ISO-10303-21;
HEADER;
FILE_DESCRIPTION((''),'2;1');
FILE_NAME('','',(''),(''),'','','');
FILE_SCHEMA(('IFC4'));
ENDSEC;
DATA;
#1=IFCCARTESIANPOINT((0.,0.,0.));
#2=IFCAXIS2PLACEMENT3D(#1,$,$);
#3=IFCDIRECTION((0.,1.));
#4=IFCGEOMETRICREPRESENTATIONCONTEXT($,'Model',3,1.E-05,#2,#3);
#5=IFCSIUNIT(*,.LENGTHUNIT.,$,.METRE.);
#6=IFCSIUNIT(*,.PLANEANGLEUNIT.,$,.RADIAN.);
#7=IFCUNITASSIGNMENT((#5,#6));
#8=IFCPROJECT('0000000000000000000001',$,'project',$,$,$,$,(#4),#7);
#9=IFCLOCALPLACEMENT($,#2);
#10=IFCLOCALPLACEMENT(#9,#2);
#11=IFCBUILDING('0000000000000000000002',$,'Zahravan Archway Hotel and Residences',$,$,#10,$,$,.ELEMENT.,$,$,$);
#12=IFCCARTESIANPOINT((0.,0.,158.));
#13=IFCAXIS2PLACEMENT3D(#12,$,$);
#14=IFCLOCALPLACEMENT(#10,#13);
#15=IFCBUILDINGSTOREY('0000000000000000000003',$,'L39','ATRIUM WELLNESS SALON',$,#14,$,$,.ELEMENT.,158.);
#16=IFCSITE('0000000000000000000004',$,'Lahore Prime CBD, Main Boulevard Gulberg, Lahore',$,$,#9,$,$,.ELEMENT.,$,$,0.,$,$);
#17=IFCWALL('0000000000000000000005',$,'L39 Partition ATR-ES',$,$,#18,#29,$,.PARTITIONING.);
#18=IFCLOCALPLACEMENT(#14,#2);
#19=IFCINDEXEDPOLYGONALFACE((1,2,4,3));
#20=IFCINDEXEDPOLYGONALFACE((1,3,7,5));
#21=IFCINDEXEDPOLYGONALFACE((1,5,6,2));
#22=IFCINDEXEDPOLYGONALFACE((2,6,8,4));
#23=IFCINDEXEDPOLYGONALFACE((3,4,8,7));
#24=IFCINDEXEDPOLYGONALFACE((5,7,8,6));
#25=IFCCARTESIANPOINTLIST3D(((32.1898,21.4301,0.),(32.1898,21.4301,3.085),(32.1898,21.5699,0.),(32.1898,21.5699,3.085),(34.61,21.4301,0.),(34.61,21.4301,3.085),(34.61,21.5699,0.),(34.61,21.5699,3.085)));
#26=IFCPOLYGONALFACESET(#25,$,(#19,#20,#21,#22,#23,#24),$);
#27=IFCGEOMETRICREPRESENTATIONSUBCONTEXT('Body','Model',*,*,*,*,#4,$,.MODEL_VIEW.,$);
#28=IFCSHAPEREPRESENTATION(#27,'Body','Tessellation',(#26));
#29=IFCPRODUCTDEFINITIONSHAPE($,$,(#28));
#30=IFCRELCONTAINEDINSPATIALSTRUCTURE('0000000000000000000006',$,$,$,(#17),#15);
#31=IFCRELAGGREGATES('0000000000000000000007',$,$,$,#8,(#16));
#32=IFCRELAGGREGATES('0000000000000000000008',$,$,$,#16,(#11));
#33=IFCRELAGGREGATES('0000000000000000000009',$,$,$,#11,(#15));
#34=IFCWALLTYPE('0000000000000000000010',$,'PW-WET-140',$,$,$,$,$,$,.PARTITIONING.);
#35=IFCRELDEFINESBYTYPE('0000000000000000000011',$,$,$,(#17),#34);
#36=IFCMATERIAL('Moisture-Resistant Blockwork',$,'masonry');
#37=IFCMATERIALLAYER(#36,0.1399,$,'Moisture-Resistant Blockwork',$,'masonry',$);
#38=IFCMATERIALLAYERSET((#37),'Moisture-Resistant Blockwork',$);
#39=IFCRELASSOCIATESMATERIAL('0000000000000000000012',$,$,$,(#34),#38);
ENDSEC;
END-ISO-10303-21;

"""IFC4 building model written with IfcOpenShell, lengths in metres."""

from ifc_helpers import new_model, si_unit, direction, frame, frame_2d, origin, place, context, subcontext, project, spatial, rectangle, extrude, material, layer, layer_set, type_object, element, save


model = new_model("IFC4")

# Units and contexts
model_context = context("Model", 3, precision=1e-05, world=origin(), true_north=direction((0.0, 1.0)))
body_context = subcontext(model_context, "Body", "Model", "MODEL_VIEW")
ifc_project = project(units=[si_unit("LENGTHUNIT", "METRE"), si_unit("PLANEANGLEUNIT", "RADIAN")], contexts=[model_context])

# Site, building, storey
site_placement = place(None, origin())
site = spatial("IfcSite", under=ifc_project, at=site_placement, Name="Lahore Prime CBD, Main Boulevard Gulberg, Lahore", CompositionType="ELEMENT", RefElevation=0.0)
building_placement = place(site_placement, origin())
building = spatial("IfcBuilding", under=site, at=building_placement, Name="Zahravan Archway Hotel and Residences", CompositionType="ELEMENT")
storey_placement = place(building_placement, frame((0.0, 0.0, 158.0)))
storey = spatial("IfcBuildingStorey", under=building, at=storey_placement, Name="L39", Description="ATRIUM WELLNESS SALON", CompositionType="ELEMENT", Elevation=158.0)

# Wall
ifc_material_1 = material(Name="Moisture-Resistant Blockwork", Category="masonry")
ifc_layer_1 = layer(ifc_material_1, 0.1399, Name="Moisture-Resistant Blockwork", Category="masonry")
ifc_layer_set_1 = layer_set([ifc_layer_1], Name="Moisture-Resistant Blockwork")
wall_type_1 = type_object("IfcWallType", Name="PW-WET-140", PredefinedType="PARTITIONING", material=ifc_layer_set_1)
wall_1_placement = place(storey_placement, frame((32.1899, 21.5, 0.0), z_axis=(0.0, 0.0, 1.0), x_axis=(1.0, 0.0, 0.0)))
element("IfcWall", 1, at=wall_1_placement, inside=storey, type_object=wall_type_1, Name="L39 Partition ATR-ES", PredefinedType="PARTITIONING", context=body_context, shape_type="SweptSolid", body=[
    extrude(rectangle(XDim=2.4202, YDim=0.1399, at=frame_2d((1.21, 0.0))), origin(), (0.0, 0.0, 1.0), 3.085),
])

save(model, "model.ifc")
